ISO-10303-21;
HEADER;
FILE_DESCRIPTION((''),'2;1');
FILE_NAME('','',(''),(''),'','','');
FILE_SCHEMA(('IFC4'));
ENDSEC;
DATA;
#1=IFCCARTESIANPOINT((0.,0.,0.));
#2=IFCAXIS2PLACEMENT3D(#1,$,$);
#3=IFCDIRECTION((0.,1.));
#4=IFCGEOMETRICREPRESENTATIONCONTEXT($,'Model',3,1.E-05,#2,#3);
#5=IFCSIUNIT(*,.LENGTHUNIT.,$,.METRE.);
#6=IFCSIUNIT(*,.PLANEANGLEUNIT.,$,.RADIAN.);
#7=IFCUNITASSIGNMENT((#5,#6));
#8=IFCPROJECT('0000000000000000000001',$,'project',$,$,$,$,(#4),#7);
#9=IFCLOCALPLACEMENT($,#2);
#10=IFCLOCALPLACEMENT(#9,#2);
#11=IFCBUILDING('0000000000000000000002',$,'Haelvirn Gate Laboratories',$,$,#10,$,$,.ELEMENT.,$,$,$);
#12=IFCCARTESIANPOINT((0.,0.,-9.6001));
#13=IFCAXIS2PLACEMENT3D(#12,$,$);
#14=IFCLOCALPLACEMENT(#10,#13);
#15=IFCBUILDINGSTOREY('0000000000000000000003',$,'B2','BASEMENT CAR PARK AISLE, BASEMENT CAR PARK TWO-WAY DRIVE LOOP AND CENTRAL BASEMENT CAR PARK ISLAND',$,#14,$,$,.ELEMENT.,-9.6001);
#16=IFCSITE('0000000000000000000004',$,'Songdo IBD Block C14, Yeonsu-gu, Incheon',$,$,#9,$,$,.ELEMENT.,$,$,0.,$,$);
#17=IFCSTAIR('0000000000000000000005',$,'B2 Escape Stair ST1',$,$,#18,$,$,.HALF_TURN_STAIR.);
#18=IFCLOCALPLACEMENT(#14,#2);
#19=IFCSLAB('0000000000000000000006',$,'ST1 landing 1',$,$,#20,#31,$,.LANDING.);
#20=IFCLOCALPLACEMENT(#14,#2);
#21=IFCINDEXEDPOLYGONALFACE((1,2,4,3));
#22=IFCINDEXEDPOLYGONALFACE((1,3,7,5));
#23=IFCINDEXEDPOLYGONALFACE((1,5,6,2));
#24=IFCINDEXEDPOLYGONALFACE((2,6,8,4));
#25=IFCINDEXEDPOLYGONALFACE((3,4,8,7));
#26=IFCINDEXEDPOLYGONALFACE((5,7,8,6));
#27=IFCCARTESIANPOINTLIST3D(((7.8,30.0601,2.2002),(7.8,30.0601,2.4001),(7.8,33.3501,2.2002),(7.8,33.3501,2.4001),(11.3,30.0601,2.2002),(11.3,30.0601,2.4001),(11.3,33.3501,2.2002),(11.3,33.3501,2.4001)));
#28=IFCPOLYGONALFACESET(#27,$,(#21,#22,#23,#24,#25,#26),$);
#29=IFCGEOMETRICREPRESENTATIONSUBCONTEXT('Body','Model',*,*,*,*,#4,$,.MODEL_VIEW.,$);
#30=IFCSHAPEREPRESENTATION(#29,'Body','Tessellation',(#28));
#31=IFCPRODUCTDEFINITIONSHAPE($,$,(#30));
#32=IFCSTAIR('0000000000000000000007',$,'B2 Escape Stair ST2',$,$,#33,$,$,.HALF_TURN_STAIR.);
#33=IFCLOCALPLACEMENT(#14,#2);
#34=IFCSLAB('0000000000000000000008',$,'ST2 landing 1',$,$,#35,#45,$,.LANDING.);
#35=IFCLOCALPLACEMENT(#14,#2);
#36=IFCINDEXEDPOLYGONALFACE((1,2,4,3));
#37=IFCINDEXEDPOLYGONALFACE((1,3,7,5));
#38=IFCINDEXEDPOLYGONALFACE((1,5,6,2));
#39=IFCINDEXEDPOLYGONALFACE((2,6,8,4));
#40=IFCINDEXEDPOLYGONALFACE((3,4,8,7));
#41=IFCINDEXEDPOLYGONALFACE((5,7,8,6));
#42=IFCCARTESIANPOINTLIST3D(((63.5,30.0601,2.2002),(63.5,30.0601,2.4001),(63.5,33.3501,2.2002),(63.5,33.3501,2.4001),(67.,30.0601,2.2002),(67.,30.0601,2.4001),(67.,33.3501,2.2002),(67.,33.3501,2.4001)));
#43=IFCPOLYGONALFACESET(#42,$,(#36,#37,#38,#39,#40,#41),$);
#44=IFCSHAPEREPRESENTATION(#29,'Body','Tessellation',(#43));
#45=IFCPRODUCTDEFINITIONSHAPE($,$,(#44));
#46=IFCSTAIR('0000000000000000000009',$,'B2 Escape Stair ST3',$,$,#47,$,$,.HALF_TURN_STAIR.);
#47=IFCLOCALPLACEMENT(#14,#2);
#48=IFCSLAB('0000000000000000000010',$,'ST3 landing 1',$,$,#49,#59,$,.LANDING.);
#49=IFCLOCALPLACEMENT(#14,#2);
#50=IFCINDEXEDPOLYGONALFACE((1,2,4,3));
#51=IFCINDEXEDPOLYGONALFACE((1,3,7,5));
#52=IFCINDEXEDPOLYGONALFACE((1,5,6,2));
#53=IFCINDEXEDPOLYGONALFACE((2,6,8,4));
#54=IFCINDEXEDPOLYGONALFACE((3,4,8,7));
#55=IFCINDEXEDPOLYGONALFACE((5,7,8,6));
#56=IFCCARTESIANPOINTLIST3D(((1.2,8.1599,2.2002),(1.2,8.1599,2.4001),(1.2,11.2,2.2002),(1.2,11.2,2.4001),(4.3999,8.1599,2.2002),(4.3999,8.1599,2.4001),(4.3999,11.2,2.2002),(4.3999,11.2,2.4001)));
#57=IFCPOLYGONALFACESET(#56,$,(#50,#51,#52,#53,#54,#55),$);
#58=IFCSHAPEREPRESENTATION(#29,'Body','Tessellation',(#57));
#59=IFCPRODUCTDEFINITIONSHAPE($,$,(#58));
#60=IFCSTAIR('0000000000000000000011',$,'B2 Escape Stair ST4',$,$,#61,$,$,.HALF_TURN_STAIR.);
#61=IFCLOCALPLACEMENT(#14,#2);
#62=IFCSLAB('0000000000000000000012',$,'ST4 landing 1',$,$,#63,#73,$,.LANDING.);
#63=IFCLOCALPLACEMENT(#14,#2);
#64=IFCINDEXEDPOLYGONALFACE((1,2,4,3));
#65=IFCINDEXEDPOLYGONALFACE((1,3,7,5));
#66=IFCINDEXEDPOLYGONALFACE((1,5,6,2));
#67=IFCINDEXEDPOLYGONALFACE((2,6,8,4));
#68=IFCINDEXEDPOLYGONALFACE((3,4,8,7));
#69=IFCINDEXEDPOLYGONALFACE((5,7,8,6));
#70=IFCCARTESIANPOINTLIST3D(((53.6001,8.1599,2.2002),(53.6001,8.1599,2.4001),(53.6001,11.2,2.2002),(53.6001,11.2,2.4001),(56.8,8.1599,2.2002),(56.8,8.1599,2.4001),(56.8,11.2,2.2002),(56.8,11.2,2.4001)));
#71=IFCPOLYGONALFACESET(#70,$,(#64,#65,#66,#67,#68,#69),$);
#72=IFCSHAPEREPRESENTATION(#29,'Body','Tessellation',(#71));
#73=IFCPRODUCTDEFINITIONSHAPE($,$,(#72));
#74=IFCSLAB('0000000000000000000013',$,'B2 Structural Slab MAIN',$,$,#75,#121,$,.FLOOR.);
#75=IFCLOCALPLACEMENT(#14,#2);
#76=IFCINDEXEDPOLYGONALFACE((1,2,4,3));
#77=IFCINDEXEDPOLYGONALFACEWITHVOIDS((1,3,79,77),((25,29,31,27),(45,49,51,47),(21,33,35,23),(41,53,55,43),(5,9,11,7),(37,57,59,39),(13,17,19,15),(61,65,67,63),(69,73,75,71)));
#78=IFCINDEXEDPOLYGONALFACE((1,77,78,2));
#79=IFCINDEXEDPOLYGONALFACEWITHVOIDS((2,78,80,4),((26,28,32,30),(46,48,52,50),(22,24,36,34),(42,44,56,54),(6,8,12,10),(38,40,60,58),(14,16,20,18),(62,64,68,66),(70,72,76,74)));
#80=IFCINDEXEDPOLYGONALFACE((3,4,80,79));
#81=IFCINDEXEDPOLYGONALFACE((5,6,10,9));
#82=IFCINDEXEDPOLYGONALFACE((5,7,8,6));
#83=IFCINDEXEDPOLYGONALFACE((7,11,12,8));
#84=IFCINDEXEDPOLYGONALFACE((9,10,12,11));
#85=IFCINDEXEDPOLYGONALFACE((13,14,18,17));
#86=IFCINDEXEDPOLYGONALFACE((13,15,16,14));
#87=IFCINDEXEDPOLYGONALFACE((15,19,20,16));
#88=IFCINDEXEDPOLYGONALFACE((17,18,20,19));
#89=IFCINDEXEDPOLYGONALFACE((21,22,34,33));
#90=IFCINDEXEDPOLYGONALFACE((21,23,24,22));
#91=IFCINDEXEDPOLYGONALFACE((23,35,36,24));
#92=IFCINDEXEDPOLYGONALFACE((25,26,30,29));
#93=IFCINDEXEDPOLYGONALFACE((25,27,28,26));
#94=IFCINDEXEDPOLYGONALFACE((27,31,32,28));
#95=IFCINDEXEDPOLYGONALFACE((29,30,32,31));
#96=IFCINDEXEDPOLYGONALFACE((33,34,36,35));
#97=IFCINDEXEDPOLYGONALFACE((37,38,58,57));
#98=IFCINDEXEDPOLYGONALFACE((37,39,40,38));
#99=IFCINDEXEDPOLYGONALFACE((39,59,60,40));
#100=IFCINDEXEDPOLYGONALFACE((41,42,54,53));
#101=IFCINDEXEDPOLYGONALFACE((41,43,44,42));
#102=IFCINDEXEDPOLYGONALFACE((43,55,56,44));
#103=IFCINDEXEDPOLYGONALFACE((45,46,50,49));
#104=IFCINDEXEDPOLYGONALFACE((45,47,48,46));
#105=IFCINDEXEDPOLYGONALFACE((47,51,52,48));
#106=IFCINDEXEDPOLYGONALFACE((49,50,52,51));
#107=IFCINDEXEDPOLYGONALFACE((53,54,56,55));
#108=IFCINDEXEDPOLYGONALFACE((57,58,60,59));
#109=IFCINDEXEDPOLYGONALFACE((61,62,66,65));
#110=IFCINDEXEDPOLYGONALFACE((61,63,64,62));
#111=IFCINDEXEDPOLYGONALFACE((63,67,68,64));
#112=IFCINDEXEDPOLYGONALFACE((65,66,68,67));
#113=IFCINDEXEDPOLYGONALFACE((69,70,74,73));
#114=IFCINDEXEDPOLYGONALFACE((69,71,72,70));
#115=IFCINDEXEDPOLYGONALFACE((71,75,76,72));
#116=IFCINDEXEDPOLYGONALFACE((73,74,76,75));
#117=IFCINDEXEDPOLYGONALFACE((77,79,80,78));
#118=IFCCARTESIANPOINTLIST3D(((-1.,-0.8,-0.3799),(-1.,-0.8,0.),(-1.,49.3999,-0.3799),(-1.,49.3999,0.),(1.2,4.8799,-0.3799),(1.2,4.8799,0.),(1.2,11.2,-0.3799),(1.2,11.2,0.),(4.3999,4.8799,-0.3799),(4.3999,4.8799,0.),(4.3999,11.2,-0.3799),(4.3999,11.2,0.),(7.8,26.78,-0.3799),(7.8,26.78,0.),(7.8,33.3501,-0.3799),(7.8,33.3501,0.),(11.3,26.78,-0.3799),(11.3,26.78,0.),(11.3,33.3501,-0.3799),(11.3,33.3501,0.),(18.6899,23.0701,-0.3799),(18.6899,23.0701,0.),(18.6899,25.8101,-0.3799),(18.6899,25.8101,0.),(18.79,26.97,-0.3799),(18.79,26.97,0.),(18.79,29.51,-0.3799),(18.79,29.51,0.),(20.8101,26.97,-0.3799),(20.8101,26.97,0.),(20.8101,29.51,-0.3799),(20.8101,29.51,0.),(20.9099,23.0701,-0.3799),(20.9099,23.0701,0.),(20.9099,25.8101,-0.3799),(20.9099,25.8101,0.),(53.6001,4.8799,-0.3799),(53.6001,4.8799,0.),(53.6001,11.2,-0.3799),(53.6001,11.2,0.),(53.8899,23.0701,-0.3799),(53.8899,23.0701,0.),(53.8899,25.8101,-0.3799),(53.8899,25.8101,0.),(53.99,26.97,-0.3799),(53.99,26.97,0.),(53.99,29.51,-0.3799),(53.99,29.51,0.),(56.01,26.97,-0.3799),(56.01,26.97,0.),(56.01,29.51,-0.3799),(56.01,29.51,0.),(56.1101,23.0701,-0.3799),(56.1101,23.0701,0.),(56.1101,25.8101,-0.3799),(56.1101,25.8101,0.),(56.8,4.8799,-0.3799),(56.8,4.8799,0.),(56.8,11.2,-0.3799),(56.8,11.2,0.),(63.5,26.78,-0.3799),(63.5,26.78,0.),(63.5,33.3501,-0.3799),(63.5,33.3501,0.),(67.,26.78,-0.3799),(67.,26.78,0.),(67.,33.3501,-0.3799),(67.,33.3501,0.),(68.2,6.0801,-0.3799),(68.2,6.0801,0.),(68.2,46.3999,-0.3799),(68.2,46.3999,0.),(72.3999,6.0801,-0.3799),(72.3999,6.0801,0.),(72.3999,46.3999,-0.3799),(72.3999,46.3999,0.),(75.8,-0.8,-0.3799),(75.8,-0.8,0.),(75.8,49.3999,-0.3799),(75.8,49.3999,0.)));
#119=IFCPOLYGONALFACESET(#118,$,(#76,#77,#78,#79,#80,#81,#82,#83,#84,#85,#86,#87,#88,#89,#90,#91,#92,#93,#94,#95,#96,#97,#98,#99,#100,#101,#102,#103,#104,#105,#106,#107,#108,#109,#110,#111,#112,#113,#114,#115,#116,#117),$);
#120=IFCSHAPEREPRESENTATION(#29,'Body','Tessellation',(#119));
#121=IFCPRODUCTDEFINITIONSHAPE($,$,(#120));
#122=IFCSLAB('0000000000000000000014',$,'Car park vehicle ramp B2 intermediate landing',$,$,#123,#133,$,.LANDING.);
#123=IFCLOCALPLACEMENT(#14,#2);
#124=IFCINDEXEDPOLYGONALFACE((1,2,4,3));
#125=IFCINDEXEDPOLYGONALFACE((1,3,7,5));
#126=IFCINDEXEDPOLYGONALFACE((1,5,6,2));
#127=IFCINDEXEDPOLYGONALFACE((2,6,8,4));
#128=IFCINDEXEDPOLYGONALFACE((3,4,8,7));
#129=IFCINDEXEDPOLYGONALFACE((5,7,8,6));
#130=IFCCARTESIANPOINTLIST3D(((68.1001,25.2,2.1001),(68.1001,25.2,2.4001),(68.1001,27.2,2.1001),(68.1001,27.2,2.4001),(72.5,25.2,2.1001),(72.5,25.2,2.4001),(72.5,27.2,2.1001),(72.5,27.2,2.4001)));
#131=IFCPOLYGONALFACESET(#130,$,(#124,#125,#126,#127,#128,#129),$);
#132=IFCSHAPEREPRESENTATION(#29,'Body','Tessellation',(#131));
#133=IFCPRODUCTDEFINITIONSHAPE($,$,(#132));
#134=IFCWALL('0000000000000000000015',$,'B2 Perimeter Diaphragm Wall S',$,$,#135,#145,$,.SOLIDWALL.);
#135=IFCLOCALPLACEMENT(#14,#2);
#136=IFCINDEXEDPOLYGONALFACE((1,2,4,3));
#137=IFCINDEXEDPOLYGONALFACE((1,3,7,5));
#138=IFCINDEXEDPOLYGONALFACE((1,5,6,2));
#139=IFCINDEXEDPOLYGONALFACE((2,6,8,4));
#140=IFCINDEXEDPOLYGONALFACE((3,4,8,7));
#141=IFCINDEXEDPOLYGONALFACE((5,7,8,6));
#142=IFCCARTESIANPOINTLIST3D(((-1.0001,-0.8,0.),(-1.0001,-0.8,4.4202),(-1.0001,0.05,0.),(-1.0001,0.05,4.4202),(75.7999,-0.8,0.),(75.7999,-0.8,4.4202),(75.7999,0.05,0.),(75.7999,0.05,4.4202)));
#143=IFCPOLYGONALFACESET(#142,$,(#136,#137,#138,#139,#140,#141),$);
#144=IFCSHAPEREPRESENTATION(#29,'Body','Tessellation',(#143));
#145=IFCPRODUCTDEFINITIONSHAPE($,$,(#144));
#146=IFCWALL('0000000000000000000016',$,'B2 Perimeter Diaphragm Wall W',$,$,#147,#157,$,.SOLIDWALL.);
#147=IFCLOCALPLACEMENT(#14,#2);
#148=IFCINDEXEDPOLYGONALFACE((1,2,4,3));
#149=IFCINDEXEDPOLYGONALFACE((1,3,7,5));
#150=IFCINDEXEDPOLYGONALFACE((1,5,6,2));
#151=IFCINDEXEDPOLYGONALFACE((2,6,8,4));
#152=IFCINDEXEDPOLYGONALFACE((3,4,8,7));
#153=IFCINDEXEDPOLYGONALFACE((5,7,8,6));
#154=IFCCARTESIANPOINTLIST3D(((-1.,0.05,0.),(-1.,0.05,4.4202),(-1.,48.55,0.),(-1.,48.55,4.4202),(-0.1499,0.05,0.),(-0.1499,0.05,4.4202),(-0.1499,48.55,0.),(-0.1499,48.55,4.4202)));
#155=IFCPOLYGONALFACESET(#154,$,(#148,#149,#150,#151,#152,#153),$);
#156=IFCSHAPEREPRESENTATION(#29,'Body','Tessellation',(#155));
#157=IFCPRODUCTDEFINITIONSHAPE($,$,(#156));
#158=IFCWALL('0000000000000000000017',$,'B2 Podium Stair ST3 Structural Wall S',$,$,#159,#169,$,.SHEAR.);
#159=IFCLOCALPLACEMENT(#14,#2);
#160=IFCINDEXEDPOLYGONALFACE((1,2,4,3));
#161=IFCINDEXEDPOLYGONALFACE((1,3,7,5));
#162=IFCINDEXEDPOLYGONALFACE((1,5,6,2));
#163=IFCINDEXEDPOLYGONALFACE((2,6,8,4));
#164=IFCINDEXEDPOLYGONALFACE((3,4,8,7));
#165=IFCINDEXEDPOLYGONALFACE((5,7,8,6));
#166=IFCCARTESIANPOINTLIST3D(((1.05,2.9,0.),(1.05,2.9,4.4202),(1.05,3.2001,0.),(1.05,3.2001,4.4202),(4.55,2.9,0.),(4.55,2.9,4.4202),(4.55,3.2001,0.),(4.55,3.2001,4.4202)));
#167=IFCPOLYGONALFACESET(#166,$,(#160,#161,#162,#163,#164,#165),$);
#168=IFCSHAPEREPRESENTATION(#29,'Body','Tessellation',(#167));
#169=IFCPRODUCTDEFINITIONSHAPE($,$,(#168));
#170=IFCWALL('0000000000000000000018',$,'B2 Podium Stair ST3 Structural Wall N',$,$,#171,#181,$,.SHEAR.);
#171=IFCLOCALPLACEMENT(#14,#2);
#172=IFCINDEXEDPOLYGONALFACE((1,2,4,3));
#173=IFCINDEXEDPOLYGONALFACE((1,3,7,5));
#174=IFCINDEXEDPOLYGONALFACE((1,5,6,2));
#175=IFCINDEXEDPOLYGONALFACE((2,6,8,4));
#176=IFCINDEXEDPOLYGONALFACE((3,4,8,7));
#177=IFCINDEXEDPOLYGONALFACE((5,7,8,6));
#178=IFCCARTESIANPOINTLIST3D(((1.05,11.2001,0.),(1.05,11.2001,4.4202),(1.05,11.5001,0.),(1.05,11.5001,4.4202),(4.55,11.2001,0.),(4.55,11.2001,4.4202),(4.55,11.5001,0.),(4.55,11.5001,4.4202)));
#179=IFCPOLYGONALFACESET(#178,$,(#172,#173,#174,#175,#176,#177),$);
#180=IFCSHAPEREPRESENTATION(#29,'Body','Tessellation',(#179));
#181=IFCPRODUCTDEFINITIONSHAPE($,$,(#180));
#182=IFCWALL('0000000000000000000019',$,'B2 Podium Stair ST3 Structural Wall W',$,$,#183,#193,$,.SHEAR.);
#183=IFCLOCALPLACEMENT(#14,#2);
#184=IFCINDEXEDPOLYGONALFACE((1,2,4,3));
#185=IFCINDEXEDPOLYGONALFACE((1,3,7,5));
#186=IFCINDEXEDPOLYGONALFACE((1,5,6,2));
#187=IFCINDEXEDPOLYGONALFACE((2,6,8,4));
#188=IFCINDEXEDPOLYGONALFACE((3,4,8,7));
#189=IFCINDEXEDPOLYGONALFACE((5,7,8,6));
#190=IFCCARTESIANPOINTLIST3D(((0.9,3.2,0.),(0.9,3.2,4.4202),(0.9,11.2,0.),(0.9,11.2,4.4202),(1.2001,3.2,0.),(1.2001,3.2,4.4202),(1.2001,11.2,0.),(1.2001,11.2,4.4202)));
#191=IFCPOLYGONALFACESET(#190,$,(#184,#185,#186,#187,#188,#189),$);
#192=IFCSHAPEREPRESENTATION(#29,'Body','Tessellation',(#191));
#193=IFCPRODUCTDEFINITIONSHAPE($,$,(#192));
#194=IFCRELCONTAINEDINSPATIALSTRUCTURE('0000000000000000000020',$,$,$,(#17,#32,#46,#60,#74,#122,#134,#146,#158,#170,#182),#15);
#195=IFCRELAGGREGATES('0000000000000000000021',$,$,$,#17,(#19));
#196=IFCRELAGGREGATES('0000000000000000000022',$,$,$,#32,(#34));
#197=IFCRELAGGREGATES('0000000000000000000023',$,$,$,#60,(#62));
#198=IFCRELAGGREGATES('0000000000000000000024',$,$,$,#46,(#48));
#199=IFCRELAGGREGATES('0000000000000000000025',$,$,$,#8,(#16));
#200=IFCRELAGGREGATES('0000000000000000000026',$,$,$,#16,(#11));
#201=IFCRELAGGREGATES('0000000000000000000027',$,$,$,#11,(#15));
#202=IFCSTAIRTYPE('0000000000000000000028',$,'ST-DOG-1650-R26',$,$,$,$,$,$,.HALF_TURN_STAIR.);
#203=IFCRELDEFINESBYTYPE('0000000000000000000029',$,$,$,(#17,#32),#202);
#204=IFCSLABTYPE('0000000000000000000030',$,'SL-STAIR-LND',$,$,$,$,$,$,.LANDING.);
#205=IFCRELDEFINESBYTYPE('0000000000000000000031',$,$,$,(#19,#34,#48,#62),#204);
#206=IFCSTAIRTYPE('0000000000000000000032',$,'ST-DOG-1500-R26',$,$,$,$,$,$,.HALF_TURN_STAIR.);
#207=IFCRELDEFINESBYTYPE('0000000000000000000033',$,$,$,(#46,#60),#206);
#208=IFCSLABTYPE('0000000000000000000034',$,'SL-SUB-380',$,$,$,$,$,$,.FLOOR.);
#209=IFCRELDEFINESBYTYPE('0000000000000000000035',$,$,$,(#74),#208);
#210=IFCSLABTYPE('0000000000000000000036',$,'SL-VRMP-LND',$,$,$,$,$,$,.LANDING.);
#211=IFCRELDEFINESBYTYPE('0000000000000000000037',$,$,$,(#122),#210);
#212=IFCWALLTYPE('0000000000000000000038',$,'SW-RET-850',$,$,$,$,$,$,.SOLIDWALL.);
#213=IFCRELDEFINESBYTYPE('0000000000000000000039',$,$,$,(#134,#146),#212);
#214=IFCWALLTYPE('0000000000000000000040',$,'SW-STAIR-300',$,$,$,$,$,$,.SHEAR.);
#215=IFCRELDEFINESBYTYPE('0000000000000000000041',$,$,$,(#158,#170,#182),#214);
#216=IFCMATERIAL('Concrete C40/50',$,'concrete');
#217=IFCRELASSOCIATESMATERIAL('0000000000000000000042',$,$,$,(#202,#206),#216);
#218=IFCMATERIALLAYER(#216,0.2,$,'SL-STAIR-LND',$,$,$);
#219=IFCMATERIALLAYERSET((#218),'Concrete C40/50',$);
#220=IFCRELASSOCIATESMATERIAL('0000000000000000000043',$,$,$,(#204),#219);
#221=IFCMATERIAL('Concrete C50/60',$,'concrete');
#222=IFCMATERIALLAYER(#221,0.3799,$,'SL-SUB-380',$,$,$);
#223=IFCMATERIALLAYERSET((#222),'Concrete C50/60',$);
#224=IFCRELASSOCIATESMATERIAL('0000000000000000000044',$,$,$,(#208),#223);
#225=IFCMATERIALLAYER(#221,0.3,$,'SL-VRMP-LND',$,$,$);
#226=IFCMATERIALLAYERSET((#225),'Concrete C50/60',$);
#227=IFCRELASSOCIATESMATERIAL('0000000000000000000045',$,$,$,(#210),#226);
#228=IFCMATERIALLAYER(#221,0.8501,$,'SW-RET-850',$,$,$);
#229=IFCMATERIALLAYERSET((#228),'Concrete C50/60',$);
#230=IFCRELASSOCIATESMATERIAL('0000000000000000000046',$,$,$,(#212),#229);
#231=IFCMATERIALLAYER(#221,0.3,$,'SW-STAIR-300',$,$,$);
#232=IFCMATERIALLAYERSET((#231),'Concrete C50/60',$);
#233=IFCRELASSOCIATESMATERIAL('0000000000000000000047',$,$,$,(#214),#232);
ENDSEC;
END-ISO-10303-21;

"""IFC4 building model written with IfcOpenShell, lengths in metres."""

from ifc_helpers import new_model, si_unit, direction, frame, frame_2d, origin, place, context, subcontext, project, spatial, polyline, rectangle, outline, extrude, material, layer, layer_set, type_object, element, aggregate, save


model = new_model("IFC4")

# Units and contexts
model_context = context("Model", 3, precision=1e-05, world=origin(), true_north=direction((0.0, 1.0)))
body_context = subcontext(model_context, "Body", "Model", "MODEL_VIEW")
ifc_project = project(units=[si_unit("LENGTHUNIT", "METRE"), si_unit("PLANEANGLEUNIT", "RADIAN")], contexts=[model_context])

# Site, building, storey
site_placement = place(None, origin())
site = spatial("IfcSite", under=ifc_project, at=site_placement, Name="Songdo IBD Block C14, Yeonsu-gu, Incheon", CompositionType="ELEMENT", RefElevation=0.0)
building_placement = place(site_placement, origin())
building = spatial("IfcBuilding", under=site, at=building_placement, Name="Haelvirn Gate Laboratories", CompositionType="ELEMENT")
storey_placement = place(building_placement, frame((0.0, 0.0, -9.6001)))
storey = spatial("IfcBuildingStorey", under=building, at=storey_placement, Name="B2", Description="BASEMENT CAR PARK AISLE, BASEMENT CAR PARK TWO-WAY DRIVE LOOP AND CENTRAL BASEMENT CAR PARK ISLAND", CompositionType="ELEMENT", Elevation=-9.6001)

# Stairs, slabs
ifc_material_1 = material(Name="Concrete C40/50", Category="concrete")
stair_type_1 = type_object("IfcStairType", Name="ST-DOG-1650-R26", PredefinedType="HALF_TURN_STAIR", material=ifc_material_1)
stair_1_placement = place(storey_placement, origin())
stair_1 = element("IfcStair", 1, at=stair_1_placement, inside=storey, type_object=stair_type_1, Name="B2 Escape Stair ST1", PredefinedType="HALF_TURN_STAIR")
ifc_layer_1 = layer(ifc_material_1, 0.2, Name="SL-STAIR-LND")
ifc_layer_set_1 = layer_set([ifc_layer_1], Name="Concrete C40/50")
slab_type_1 = type_object("IfcSlabType", Name="SL-STAIR-LND", PredefinedType="LANDING", material=ifc_layer_set_1)
slab_1_placement = place(storey_placement, frame((0.0, 0.0, 2.2002)))
slab_1 = element("IfcSlab", 2, at=slab_1_placement, type_object=slab_type_1, Name="ST1 landing 1", PredefinedType="LANDING", context=body_context, shape_type="SweptSolid", body=[
    extrude(outline(polyline([(11.3, 30.0601), (11.3, 33.3501), (7.8, 33.3501), (7.8, 30.0601), (11.3, 30.0601)])), origin(), (0.0, 0.0, 1.0), 0.2),
])
aggregate(stair_1, [slab_1])
stair_2_placement = place(storey_placement, origin())
stair_2 = element("IfcStair", 3, at=stair_2_placement, inside=storey, type_object=stair_type_1, Name="B2 Escape Stair ST2", PredefinedType="HALF_TURN_STAIR")
slab_2_placement = place(storey_placement, frame((0.0, 0.0, 2.2002)))
slab_2 = element("IfcSlab", 4, at=slab_2_placement, type_object=slab_type_1, Name="ST2 landing 1", PredefinedType="LANDING", context=body_context, shape_type="SweptSolid", body=[
    extrude(outline(polyline([(67.0, 30.0601), (67.0, 33.3501), (63.5, 33.3501), (63.5, 30.0601), (67.0, 30.0601)])), origin(), (0.0, 0.0, 1.0), 0.2),
])
aggregate(stair_2, [slab_2])
stair_type_2 = type_object("IfcStairType", Name="ST-DOG-1500-R26", PredefinedType="HALF_TURN_STAIR", material=ifc_material_1)
stair_3_placement = place(storey_placement, origin())
stair_3 = element("IfcStair", 5, at=stair_3_placement, inside=storey, type_object=stair_type_2, Name="B2 Escape Stair ST3", PredefinedType="HALF_TURN_STAIR")
slab_3_placement = place(storey_placement, frame((0.0, 0.0, 2.2002)))
slab_3 = element("IfcSlab", 6, at=slab_3_placement, type_object=slab_type_1, Name="ST3 landing 1", PredefinedType="LANDING", context=body_context, shape_type="SweptSolid", body=[
    extrude(outline(polyline([(4.3999, 8.1599), (4.3999, 11.2), (1.2, 11.2), (1.2, 8.1599), (4.3999, 8.1599)])), origin(), (0.0, 0.0, 1.0), 0.2),
])
stair_4_placement = place(storey_placement, origin())
stair_4 = element("IfcStair", 7, at=stair_4_placement, inside=storey, type_object=stair_type_2, Name="B2 Escape Stair ST4", PredefinedType="HALF_TURN_STAIR")
slab_4_placement = place(storey_placement, frame((0.0, 0.0, 2.2002)))
slab_4 = element("IfcSlab", 8, at=slab_4_placement, type_object=slab_type_1, Name="ST4 landing 1", PredefinedType="LANDING", context=body_context, shape_type="SweptSolid", body=[
    extrude(outline(polyline([(56.8, 8.1599), (56.8, 11.2), (53.6001, 11.2), (53.6001, 8.1599), (56.8, 8.1599)])), origin(), (0.0, 0.0, 1.0), 0.2),
])
aggregate(stair_4, [slab_4])

# Slabs
ifc_material_2 = material(Name="Concrete C50/60", Category="concrete")
ifc_layer_2 = layer(ifc_material_2, 0.3799, Name="SL-SUB-380")
ifc_layer_set_2 = layer_set([ifc_layer_2], Name="Concrete C50/60")
slab_type_2 = type_object("IfcSlabType", Name="SL-SUB-380", PredefinedType="FLOOR", material=ifc_layer_set_2)
slab_5_placement = place(storey_placement, frame((0.0, 0.0, -0.3799)))
element("IfcSlab", 9, at=slab_5_placement, inside=storey, type_object=slab_type_2, Name="B2 Structural Slab MAIN", PredefinedType="FLOOR", context=body_context, shape_type="SweptSolid", body=[
    extrude(outline(polyline([(-1.0, -0.8), (75.8, -0.8), (75.8, -0.8), (75.8, -0.8), (75.8, 49.3999), (75.8, 49.3999), (75.8, 49.3999), (-1.0, 49.3999), (-1.0, 49.3999), (-1.0, 49.3999), (-1.0, -0.8), (-1.0, -0.8), (-1.0, -0.8)]), holes=[polyline([(11.3, 26.78), (11.3, 33.3501), (7.8, 33.3501), (7.8, 26.78), (11.3, 26.78)]), polyline([(67.0, 26.78), (67.0, 33.3501), (63.5, 33.3501), (63.5, 26.78), (67.0, 26.78)]), polyline([(4.3999, 4.8799), (4.3999, 11.2), (1.2, 11.2), (1.2, 4.8799), (4.3999, 4.8799)]), polyline([(56.8, 4.8799), (56.8, 11.2), (53.6001, 11.2), (53.6001, 4.8799), (56.8, 4.8799)]), polyline([(18.79, 26.97), (20.8101, 26.97), (20.8101, 29.51), (18.79, 29.51), (18.79, 26.97)]), polyline([(18.6899, 23.0701), (20.9099, 23.0701), (20.9099, 25.8101), (18.6899, 25.8101), (18.6899, 23.0701)]), polyline([(53.99, 26.97), (56.01, 26.97), (56.01, 29.51), (53.99, 29.51), (53.99, 26.97)]), polyline([(53.8899, 23.0701), (56.1101, 23.0701), (56.1101, 25.8101), (53.8899, 25.8101), (53.8899, 23.0701)]), polyline([(68.2, 6.0801), (72.3999, 6.0801), (72.3999, 46.3999), (68.2, 46.3999), (68.2, 6.0801)])]), origin(), (0.0, 0.0, 1.0), 0.3799),
])
ifc_layer_3 = layer(ifc_material_2, 0.3, Name="SL-VRMP-LND")
ifc_layer_set_3 = layer_set([ifc_layer_3], Name="Concrete C50/60")
slab_type_3 = type_object("IfcSlabType", Name="SL-VRMP-LND", PredefinedType="LANDING", material=ifc_layer_set_3)
slab_6_placement = place(storey_placement, frame((0.0, 0.0, 2.1001)))
element("IfcSlab", 10, at=slab_6_placement, inside=storey, type_object=slab_type_3, Name="Car park vehicle ramp B2 intermediate landing", PredefinedType="LANDING", context=body_context, shape_type="SweptSolid", body=[
    extrude(outline(polyline([(68.1001, 25.2), (72.5, 25.2), (72.5, 27.2), (68.1001, 27.2), (68.1001, 25.2)])), origin(), (0.0, 0.0, 1.0), 0.3),
])

# Walls
ifc_layer_4 = layer(ifc_material_2, 0.8501, Name="SW-RET-850")
ifc_layer_set_4 = layer_set([ifc_layer_4], Name="Concrete C50/60")
wall_type_1 = type_object("IfcWallType", Name="SW-RET-850", PredefinedType="SOLIDWALL", material=ifc_layer_set_4)
wall_1_placement = place(storey_placement, frame((-1.0, -0.375, 0.0), z_axis=(0.0, 0.0, 1.0), x_axis=(1.0, 0.0, 0.0)))
element("IfcWall", 11, at=wall_1_placement, inside=storey, type_object=wall_type_1, Name="B2 Perimeter Diaphragm Wall S", PredefinedType="SOLIDWALL", context=body_context, shape_type="SweptSolid", body=[
    extrude(rectangle(XDim=76.8, YDim=0.8501, at=frame_2d((38.3999, 0.0))), origin(), (0.0, 0.0, 1.0), 4.4202),
])
wall_2_placement = place(storey_placement, frame((-0.575, 0.05, 0.0), z_axis=(0.0, 0.0, 1.0), x_axis=(0.0, 1.0, 0.0)))
element("IfcWall", 12, at=wall_2_placement, inside=storey, type_object=wall_type_1, Name="B2 Perimeter Diaphragm Wall W", PredefinedType="SOLIDWALL", context=body_context, shape_type="SweptSolid", body=[
    extrude(rectangle(XDim=48.5, YDim=0.8501, at=frame_2d((24.25, 0.0))), origin(), (0.0, 0.0, 1.0), 4.4202),
])
ifc_layer_5 = layer(ifc_material_2, 0.3, Name="SW-STAIR-300")
ifc_layer_set_5 = layer_set([ifc_layer_5], Name="Concrete C50/60")
wall_type_2 = type_object("IfcWallType", Name="SW-STAIR-300", PredefinedType="SHEAR", material=ifc_layer_set_5)
for number, where, z_axis, x_axis, name in (
    (13, (1.05, 3.05, 0.0), (0.0, 0.0, 1.0), (1.0, 0.0, 0.0), "B2 Podium Stair ST3 Structural Wall S"),
    (14, (1.05, 11.3501, 0.0), (0.0, 0.0, 1.0), (1.0, 0.0, 0.0), "B2 Podium Stair ST3 Structural Wall N"),
):
    element("IfcWall", number, at=place(storey_placement, frame(where, z_axis=z_axis, x_axis=x_axis)), inside=storey, type_object=wall_type_2, Name=name, PredefinedType="SHEAR", context=body_context, shape_type="SweptSolid", body=[
        extrude(rectangle(XDim=3.5, YDim=0.3, at=frame_2d((1.75, 0.0))), origin(), (0.0, 0.0, 1.0), 4.4202),
    ])
wall_3_placement = place(storey_placement, frame((1.05, 3.2, 0.0), z_axis=(0.0, 0.0, 1.0), x_axis=(0.0, 1.0, 0.0)))
element("IfcWall", 15, at=wall_3_placement, inside=storey, type_object=wall_type_2, Name="B2 Podium Stair ST3 Structural Wall W", PredefinedType="SHEAR", context=body_context, shape_type="SweptSolid", body=[
    extrude(rectangle(XDim=8.0, YDim=0.3, at=frame_2d((4.0, 0.0))), origin(), (0.0, 0.0, 1.0), 4.4202),
])

aggregate(stair_3, [slab_3])

save(model, "model.ifc")
